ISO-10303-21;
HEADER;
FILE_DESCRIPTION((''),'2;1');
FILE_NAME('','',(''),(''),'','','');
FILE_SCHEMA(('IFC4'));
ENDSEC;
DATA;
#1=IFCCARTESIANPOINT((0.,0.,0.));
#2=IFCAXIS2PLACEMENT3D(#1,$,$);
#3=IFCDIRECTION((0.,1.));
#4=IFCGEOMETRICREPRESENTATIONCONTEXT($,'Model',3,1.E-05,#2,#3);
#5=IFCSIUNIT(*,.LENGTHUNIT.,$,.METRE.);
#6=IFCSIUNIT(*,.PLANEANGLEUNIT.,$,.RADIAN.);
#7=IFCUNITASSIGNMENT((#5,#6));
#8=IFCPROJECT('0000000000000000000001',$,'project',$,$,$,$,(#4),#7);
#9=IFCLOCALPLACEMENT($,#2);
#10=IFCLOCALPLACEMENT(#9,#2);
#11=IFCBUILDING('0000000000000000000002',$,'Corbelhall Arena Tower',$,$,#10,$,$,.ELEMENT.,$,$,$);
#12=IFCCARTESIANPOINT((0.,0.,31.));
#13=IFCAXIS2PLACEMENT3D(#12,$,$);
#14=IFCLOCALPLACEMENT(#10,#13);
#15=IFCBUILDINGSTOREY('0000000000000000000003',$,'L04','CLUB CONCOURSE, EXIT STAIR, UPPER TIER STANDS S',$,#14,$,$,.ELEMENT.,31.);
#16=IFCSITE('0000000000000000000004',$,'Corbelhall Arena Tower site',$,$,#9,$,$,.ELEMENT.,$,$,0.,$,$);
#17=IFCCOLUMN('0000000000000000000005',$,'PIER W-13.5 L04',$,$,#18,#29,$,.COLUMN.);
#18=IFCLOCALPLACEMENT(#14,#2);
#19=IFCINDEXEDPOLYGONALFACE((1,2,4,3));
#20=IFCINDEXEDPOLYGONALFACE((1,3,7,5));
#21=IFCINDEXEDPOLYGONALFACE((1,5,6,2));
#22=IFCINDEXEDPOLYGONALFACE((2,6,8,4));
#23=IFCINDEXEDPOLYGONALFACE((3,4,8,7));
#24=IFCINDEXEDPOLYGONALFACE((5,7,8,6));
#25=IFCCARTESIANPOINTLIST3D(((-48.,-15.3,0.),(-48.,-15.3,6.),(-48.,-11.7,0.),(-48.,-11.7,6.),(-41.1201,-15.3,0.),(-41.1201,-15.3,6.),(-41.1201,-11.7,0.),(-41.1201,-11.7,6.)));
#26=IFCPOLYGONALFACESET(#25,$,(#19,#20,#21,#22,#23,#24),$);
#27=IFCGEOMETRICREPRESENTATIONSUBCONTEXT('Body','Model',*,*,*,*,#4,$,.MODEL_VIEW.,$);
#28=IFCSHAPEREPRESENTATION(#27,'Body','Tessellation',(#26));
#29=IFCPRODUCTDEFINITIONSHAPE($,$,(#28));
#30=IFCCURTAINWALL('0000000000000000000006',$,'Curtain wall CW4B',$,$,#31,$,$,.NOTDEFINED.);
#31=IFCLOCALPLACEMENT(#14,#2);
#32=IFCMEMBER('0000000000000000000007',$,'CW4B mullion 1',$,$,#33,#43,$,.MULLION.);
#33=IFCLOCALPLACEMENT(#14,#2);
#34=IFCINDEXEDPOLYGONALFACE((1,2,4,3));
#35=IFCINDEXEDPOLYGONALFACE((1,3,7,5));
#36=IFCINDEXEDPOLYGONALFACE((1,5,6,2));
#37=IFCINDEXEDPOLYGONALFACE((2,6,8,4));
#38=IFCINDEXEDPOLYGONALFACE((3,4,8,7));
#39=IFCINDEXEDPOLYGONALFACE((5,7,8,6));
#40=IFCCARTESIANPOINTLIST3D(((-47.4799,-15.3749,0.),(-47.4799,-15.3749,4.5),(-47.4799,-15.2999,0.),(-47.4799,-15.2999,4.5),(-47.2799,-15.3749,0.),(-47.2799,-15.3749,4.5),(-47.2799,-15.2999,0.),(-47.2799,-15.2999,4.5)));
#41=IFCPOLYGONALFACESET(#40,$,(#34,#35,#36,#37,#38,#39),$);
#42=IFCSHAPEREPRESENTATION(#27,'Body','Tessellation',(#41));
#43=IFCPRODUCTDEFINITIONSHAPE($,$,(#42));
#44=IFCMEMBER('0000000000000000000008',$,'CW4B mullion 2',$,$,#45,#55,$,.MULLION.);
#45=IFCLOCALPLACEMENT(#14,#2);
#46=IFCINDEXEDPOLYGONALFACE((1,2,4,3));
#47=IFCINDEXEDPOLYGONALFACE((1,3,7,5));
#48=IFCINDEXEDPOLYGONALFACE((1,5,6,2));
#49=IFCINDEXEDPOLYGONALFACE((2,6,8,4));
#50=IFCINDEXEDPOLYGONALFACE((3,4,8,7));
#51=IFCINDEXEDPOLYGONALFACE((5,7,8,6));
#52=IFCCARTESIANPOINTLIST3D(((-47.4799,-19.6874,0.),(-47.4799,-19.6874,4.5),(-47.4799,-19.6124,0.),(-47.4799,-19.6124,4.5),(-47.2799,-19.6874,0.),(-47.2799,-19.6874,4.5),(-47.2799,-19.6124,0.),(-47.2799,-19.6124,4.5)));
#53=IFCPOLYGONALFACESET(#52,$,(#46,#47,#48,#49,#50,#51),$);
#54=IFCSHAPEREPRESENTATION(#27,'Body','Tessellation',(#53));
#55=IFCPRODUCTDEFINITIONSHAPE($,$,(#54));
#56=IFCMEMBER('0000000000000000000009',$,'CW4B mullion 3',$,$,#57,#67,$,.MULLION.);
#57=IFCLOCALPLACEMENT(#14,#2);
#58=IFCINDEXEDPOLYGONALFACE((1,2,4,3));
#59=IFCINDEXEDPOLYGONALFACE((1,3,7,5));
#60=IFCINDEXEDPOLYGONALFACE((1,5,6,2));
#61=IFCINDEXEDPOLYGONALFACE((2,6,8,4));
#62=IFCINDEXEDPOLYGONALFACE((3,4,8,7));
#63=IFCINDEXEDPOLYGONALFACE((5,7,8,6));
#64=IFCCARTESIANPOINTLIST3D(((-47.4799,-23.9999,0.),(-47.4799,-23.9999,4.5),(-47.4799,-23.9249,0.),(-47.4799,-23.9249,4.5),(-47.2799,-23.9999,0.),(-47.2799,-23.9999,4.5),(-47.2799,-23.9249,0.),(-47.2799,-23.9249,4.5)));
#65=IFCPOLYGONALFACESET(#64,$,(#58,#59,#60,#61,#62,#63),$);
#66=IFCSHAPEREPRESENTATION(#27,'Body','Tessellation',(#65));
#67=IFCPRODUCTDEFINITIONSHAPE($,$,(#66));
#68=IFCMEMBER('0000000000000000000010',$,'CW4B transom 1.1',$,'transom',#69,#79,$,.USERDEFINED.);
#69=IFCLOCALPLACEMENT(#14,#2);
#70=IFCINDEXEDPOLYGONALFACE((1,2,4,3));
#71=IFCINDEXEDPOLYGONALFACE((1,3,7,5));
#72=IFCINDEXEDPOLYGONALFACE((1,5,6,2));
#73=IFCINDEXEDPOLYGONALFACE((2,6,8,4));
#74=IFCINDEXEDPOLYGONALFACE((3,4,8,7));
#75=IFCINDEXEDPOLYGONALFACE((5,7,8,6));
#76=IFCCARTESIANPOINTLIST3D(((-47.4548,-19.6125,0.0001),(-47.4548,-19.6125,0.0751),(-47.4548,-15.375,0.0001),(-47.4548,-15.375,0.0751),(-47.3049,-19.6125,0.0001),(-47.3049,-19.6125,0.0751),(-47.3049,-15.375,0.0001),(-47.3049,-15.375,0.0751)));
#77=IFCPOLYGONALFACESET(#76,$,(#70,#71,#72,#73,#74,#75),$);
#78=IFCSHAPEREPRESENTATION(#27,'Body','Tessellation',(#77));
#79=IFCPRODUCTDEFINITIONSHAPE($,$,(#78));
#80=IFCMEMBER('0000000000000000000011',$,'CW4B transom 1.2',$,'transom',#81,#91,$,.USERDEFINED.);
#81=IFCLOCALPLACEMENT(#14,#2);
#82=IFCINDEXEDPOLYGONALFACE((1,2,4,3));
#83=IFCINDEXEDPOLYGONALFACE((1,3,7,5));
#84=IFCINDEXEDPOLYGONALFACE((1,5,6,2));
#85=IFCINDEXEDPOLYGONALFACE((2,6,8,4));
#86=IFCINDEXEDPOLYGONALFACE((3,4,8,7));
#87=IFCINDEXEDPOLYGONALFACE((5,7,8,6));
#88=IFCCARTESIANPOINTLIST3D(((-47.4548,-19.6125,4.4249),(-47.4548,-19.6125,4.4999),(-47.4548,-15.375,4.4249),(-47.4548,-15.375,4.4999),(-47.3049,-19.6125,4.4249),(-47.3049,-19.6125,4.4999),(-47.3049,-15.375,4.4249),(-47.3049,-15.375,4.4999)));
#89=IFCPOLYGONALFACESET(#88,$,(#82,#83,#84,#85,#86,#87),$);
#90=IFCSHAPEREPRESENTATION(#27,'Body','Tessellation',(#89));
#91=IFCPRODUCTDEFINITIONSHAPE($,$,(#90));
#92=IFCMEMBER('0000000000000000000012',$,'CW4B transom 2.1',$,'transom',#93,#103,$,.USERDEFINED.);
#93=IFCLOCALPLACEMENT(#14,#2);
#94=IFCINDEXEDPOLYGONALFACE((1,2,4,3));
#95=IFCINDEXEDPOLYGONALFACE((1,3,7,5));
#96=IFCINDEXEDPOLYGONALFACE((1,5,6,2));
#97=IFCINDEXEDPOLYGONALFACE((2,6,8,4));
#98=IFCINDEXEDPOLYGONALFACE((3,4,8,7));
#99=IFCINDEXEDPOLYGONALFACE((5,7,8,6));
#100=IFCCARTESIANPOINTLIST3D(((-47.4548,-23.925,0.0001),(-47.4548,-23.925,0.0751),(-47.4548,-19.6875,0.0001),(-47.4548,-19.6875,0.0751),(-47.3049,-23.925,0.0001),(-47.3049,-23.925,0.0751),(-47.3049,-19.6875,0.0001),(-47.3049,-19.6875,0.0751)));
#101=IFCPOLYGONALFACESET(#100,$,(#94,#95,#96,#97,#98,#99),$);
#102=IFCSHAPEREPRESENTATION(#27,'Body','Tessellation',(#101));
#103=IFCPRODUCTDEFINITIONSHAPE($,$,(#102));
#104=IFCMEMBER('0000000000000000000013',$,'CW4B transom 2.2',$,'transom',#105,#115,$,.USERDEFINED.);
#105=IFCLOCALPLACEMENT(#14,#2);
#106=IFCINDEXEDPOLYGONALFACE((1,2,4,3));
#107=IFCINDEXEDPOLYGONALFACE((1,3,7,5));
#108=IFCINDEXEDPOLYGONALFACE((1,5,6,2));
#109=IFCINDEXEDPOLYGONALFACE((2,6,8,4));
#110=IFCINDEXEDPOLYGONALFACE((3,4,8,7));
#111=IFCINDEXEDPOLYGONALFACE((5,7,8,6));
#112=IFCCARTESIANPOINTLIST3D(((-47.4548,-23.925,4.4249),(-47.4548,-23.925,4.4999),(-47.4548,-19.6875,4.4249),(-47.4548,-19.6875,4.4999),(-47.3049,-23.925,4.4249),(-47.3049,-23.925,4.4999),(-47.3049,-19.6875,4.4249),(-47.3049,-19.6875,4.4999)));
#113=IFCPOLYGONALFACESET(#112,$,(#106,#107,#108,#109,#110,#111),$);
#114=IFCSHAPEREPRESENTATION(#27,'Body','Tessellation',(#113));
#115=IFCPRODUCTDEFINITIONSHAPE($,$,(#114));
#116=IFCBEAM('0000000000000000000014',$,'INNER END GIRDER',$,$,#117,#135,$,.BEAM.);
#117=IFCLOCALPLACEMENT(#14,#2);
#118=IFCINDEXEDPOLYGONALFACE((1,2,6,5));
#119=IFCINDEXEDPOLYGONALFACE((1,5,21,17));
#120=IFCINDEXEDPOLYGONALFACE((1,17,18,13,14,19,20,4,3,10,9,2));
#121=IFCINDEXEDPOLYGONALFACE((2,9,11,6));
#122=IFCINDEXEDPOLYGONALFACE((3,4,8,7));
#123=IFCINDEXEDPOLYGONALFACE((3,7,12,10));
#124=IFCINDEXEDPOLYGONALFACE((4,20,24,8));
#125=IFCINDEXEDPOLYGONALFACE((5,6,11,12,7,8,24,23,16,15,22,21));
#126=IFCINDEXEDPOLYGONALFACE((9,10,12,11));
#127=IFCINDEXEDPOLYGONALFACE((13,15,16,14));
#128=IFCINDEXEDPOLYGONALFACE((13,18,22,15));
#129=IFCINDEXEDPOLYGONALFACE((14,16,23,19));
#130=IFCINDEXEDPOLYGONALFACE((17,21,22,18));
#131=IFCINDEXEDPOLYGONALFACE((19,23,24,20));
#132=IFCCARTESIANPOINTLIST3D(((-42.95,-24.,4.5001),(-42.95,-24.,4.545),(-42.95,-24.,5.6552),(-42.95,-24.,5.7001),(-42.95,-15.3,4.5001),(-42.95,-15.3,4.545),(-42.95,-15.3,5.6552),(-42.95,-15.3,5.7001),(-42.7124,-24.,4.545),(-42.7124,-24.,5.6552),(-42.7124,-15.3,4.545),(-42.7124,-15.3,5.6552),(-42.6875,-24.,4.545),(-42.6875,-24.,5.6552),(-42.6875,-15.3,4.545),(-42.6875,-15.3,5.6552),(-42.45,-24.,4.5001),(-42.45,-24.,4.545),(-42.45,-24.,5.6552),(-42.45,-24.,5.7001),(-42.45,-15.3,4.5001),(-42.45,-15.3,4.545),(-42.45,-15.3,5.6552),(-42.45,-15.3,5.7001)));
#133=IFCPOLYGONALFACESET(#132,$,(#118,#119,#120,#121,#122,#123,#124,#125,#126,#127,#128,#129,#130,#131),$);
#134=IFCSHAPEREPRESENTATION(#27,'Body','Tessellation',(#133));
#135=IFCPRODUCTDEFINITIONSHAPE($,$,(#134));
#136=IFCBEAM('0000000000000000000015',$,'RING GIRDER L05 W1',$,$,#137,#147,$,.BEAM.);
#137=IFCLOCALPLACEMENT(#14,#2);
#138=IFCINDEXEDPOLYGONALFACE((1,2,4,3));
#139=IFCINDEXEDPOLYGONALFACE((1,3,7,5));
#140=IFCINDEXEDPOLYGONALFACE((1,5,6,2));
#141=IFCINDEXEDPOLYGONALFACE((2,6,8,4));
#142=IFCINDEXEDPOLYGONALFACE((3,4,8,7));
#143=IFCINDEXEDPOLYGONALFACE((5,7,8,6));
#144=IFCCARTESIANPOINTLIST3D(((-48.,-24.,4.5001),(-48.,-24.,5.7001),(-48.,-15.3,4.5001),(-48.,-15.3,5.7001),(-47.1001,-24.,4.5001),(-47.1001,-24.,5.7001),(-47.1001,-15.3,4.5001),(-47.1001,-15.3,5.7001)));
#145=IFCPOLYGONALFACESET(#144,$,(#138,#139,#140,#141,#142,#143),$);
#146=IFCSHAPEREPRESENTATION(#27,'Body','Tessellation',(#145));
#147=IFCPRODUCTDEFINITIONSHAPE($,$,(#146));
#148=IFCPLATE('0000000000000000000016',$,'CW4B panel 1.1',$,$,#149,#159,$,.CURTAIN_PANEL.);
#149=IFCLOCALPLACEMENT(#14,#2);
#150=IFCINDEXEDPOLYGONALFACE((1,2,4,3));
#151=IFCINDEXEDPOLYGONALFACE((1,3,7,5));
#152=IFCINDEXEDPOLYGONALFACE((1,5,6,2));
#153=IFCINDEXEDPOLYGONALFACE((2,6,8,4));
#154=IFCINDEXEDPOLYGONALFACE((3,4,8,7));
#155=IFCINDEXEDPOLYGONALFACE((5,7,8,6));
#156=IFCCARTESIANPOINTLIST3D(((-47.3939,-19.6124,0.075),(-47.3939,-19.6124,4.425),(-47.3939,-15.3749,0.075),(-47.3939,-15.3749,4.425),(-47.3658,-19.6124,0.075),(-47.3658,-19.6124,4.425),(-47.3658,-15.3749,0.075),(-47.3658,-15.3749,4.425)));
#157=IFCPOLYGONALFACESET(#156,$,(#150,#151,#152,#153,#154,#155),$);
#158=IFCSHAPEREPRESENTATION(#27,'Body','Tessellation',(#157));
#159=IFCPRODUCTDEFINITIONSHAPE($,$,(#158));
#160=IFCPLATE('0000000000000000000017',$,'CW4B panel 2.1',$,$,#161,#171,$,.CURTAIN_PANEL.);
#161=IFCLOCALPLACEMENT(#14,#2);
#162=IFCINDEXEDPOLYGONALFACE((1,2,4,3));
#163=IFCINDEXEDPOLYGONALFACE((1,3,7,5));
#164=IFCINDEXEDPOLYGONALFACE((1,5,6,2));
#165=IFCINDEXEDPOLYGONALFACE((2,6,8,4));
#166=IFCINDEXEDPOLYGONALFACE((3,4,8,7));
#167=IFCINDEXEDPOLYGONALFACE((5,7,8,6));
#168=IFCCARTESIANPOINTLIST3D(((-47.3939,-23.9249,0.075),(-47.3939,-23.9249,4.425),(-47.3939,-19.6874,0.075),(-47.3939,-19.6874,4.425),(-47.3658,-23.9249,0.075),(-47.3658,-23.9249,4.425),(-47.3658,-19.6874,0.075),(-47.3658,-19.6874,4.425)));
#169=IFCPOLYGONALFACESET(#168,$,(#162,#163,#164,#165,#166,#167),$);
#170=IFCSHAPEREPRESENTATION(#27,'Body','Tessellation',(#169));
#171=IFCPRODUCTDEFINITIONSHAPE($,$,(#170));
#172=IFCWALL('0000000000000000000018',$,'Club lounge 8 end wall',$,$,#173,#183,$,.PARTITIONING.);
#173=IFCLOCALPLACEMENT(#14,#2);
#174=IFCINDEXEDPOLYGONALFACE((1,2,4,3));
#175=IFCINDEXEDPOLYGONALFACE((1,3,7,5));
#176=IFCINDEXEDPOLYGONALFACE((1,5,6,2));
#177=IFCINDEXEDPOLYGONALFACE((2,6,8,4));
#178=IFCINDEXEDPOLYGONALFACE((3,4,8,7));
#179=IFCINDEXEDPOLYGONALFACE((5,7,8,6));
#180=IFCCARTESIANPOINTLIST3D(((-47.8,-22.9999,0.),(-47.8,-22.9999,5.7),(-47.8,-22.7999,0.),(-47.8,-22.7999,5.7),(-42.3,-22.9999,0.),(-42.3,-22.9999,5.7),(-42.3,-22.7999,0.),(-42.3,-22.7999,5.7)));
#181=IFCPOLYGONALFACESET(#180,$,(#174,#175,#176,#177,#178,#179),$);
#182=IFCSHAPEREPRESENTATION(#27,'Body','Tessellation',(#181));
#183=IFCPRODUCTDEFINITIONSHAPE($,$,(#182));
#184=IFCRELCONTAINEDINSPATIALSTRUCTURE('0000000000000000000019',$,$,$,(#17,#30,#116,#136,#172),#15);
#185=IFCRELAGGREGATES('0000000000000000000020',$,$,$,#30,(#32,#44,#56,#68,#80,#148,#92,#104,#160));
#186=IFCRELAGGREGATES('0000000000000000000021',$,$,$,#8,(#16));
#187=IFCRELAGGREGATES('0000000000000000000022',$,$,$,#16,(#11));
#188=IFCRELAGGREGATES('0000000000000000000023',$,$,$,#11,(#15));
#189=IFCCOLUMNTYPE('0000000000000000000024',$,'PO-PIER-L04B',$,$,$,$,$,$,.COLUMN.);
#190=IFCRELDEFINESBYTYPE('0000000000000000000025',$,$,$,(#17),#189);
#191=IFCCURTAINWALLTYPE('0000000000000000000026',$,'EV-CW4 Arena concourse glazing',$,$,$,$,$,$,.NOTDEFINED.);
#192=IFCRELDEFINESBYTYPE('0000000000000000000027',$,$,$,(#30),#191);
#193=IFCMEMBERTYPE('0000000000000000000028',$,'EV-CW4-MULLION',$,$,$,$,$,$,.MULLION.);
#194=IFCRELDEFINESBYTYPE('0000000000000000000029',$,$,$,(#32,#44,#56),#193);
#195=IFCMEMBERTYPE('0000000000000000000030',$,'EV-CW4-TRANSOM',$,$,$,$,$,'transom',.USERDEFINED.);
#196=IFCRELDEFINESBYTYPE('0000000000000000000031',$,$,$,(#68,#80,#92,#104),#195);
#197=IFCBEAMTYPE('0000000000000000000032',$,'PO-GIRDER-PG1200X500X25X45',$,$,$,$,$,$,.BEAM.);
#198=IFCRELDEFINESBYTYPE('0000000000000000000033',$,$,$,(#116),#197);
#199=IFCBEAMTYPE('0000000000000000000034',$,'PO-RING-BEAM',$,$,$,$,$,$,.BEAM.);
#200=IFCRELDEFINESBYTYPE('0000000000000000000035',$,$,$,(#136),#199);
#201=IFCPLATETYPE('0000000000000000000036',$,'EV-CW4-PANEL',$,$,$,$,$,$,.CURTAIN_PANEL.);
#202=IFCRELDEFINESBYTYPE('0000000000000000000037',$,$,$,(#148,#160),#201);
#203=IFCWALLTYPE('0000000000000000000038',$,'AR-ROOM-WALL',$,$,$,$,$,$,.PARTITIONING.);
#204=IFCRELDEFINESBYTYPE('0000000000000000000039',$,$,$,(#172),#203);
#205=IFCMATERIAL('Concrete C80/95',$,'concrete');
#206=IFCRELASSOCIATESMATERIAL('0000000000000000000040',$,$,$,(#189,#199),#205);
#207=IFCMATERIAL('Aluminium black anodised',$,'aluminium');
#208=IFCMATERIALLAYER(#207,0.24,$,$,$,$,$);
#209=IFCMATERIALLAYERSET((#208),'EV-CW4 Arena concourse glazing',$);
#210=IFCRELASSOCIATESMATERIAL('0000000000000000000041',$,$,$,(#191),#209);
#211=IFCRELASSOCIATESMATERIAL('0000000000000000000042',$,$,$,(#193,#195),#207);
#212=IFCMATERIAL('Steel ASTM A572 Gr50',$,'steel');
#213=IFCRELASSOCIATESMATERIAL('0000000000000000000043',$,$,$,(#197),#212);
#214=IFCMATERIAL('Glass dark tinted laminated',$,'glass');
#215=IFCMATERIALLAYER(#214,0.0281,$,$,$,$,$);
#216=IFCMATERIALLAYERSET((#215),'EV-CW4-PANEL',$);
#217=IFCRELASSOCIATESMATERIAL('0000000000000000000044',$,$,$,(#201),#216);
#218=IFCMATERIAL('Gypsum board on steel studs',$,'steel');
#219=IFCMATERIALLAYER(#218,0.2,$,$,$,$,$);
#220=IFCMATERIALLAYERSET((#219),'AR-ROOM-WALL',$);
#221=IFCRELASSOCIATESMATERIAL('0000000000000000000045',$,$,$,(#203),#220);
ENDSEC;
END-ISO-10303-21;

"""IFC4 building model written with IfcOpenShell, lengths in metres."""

from ifc_helpers import new_model, si_unit, direction, frame, frame_2d, origin, origin_2d, place, context, subcontext, project, spatial, rectangle, i_section, extrude, material, layer, layer_set, material_profile, profile_set, type_object, element, aggregate, save


model = new_model("IFC4")

# Units and contexts
model_context = context("Model", 3, precision=1e-05, world=origin(), true_north=direction((0.0, 1.0)))
body_context = subcontext(model_context, "Body", "Model", "MODEL_VIEW")
ifc_project = project(units=[si_unit("LENGTHUNIT", "METRE"), si_unit("PLANEANGLEUNIT", "RADIAN")], contexts=[model_context])

# Site, building, storey
site_placement = place(None, origin())
site = spatial("IfcSite", under=ifc_project, at=site_placement, Name="Corbelhall Arena Tower site", CompositionType="ELEMENT", RefElevation=0.0)
building_placement = place(site_placement, origin())
building = spatial("IfcBuilding", under=site, at=building_placement, Name="Corbelhall Arena Tower", CompositionType="ELEMENT")
storey_placement = place(building_placement, frame((0.0, 0.0, 31.0)))
storey = spatial("IfcBuildingStorey", under=building, at=storey_placement, Name="L04", Description="CLUB CONCOURSE, EXIT STAIR, UPPER TIER STANDS S", CompositionType="ELEMENT", Elevation=31.0)

# Column
ifc_material_1 = material(Name="Concrete C80/95", Category="concrete")
ifc_material_profile_1 = material_profile(ifc_material_1, rectangle(XDim=3.6001, YDim=6.8799, at=origin_2d()))
ifc_profile_set_1 = profile_set([ifc_material_profile_1], Name="Concrete C80/95")
column_type = type_object("IfcColumnType", Name="PO-PIER-L04B", PredefinedType="COLUMN", material=ifc_profile_set_1)
column_placement = place(storey_placement, frame((-44.5601, -13.5, 0.0), z_axis=(0.0, 0.0, 1.0), x_axis=(0.0, -1.0, 0.0)))
element("IfcColumn", 1, at=column_placement, inside=storey, type_object=column_type, Name="PIER W-13.5 L04", PredefinedType="COLUMN", context=body_context, shape_type="SweptSolid", body=[
    extrude(rectangle(XDim=3.6001, YDim=6.8799, at=origin_2d()), origin(), (0.0, 0.0, 1.0), 6.0),
])

# Curtain wall, members
ifc_material_2 = material(Name="Aluminium black anodised", Category="aluminium")
ifc_layer_1 = layer(ifc_material_2, 0.24)
ifc_layer_set_1 = layer_set([ifc_layer_1], Name="EV-CW4 Arena concourse glazing")
curtain_wall_type = type_object("IfcCurtainWallType", Name="EV-CW4 Arena concourse glazing", PredefinedType="NOTDEFINED", material=ifc_layer_set_1)
curtain_wall_placement = place(storey_placement, origin())
curtain_wall = element("IfcCurtainWall", 2, at=curtain_wall_placement, inside=storey, type_object=curtain_wall_type, Name="Curtain wall CW4B", PredefinedType="NOTDEFINED")
ifc_material_profile_2 = material_profile(ifc_material_2, rectangle(XDim=0.2, YDim=0.075, at=origin_2d()))
ifc_profile_set_2 = profile_set([ifc_material_profile_2], Name="Aluminium black anodised")
member_type_1 = type_object("IfcMemberType", Name="EV-CW4-MULLION", PredefinedType="MULLION", material=ifc_profile_set_2)
member_1_placement = place(storey_placement, frame((-47.3799, -15.3374, 0.0), z_axis=(0.0, 0.0, 1.0), x_axis=(1.0, 0.0, 0.0)))
member_1 = element("IfcMember", 3, at=member_1_placement, type_object=member_type_1, Name="CW4B mullion 1", PredefinedType="MULLION", context=body_context, shape_type="SweptSolid", body=[
    extrude(rectangle(XDim=0.2, YDim=0.075, at=origin_2d()), origin(), (0.0, 0.0, 1.0), 4.5),
])
member_2_placement = place(storey_placement, frame((-47.3799, -19.6499, 0.0), z_axis=(0.0, 0.0, 1.0), x_axis=(1.0, 0.0, 0.0)))
member_2 = element("IfcMember", 4, at=member_2_placement, type_object=member_type_1, Name="CW4B mullion 2", PredefinedType="MULLION", context=body_context, shape_type="SweptSolid", body=[
    extrude(rectangle(XDim=0.2, YDim=0.075, at=origin_2d()), origin(), (0.0, 0.0, 1.0), 4.5),
])
member_3_placement = place(storey_placement, frame((-47.3799, -23.9624, 0.0), z_axis=(0.0, 0.0, 1.0), x_axis=(1.0, 0.0, 0.0)))
member_3 = element("IfcMember", 5, at=member_3_placement, type_object=member_type_1, Name="CW4B mullion 3", PredefinedType="MULLION", context=body_context, shape_type="SweptSolid", body=[
    extrude(rectangle(XDim=0.2, YDim=0.075, at=origin_2d()), origin(), (0.0, 0.0, 1.0), 4.5),
])
ifc_material_profile_3 = material_profile(ifc_material_2, rectangle(XDim=0.1499, YDim=0.075, at=origin_2d()))
ifc_profile_set_3 = profile_set([ifc_material_profile_3], Name="Aluminium black anodised")
member_type_2 = type_object("IfcMemberType", Name="EV-CW4-TRANSOM", ElementType="transom", PredefinedType="USERDEFINED", material=ifc_profile_set_3)
member_4_placement = place(storey_placement, frame((-47.3799, -15.375, 0.0376), z_axis=(0.0, -1.0, 0.0), x_axis=(1.0, 0.0, 0.0)))
member_4 = element("IfcMember", 6, at=member_4_placement, type_object=member_type_2, Name="CW4B transom 1.1", ObjectType="transom", PredefinedType="USERDEFINED", context=body_context, shape_type="SweptSolid", body=[
    extrude(rectangle(XDim=0.1499, YDim=0.075, at=origin_2d()), origin(), (0.0, 0.0, 1.0), 4.2375),
])
member_5_placement = place(storey_placement, frame((-47.3799, -15.375, 4.4624), z_axis=(0.0, -1.0, 0.0), x_axis=(1.0, 0.0, 0.0)))
member_5 = element("IfcMember", 7, at=member_5_placement, type_object=member_type_2, Name="CW4B transom 1.2", ObjectType="transom", PredefinedType="USERDEFINED", context=body_context, shape_type="SweptSolid", body=[
    extrude(rectangle(XDim=0.1499, YDim=0.075, at=origin_2d()), origin(), (0.0, 0.0, 1.0), 4.2375),
])
member_6_placement = place(storey_placement, frame((-47.3799, -19.6875, 0.0376), z_axis=(0.0, -1.0, 0.0), x_axis=(1.0, 0.0, 0.0)))
member_6 = element("IfcMember", 8, at=member_6_placement, type_object=member_type_2, Name="CW4B transom 2.1", ObjectType="transom", PredefinedType="USERDEFINED", context=body_context, shape_type="SweptSolid", body=[
    extrude(rectangle(XDim=0.1499, YDim=0.075, at=origin_2d()), origin(), (0.0, 0.0, 1.0), 4.2375),
])
member_7_placement = place(storey_placement, frame((-47.3799, -19.6875, 4.4624), z_axis=(0.0, -1.0, 0.0), x_axis=(1.0, 0.0, 0.0)))
member_7 = element("IfcMember", 9, at=member_7_placement, type_object=member_type_2, Name="CW4B transom 2.2", ObjectType="transom", PredefinedType="USERDEFINED", context=body_context, shape_type="SweptSolid", body=[
    extrude(rectangle(XDim=0.1499, YDim=0.075, at=origin_2d()), origin(), (0.0, 0.0, 1.0), 4.2375),
])

# Beams
ifc_material_3 = material(Name="Steel ASTM A572 Gr50", Category="steel")
ifc_material_profile_4 = material_profile(ifc_material_3, i_section(OverallWidth=0.5, OverallDepth=1.2, WebThickness=0.0249, FlangeThickness=0.0449, at=origin_2d()))
ifc_profile_set_4 = profile_set([ifc_material_profile_4], Name="Steel ASTM A572 Gr50")
beam_type_1 = type_object("IfcBeamType", Name="PO-GIRDER-PG1200X500X25X45", PredefinedType="BEAM", material=ifc_profile_set_4)
beam_1_placement = place(storey_placement, frame((-42.7, -24.0, 5.1001), z_axis=(0.0, 1.0, 0.0), x_axis=(-1.0, 0.0, 0.0)))
element("IfcBeam", 10, at=beam_1_placement, inside=storey, type_object=beam_type_1, Name="INNER END GIRDER", PredefinedType="BEAM", context=body_context, shape_type="SweptSolid", body=[
    extrude(i_section(OverallWidth=0.5, OverallDepth=1.2, WebThickness=0.0249, FlangeThickness=0.0449, at=origin_2d()), origin(), (0.0, 0.0, 1.0), 8.7),
])
ifc_material_profile_5 = material_profile(ifc_material_1, rectangle(XDim=0.8999, YDim=1.2, at=origin_2d()))
ifc_profile_set_5 = profile_set([ifc_material_profile_5], Name="Concrete C80/95")
beam_type_2 = type_object("IfcBeamType", Name="PO-RING-BEAM", PredefinedType="BEAM", material=ifc_profile_set_5)
beam_2_placement = place(storey_placement, frame((-47.55, -24.0, 5.1001), z_axis=(0.0, 1.0, 0.0), x_axis=(-1.0, 0.0, 0.0)))
element("IfcBeam", 11, at=beam_2_placement, inside=storey, type_object=beam_type_2, Name="RING GIRDER L05 W1", PredefinedType="BEAM", context=body_context, shape_type="SweptSolid", body=[
    extrude(rectangle(XDim=0.8999, YDim=1.2, at=origin_2d()), origin(), (0.0, 0.0, 1.0), 8.7),
])

# Plates
ifc_material_4 = material(Name="Glass dark tinted laminated", Category="glass")
ifc_layer_2 = layer(ifc_material_4, 0.0281)
ifc_layer_set_2 = layer_set([ifc_layer_2], Name="EV-CW4-PANEL")
plate_type = type_object("IfcPlateType", Name="EV-CW4-PANEL", PredefinedType="CURTAIN_PANEL", material=ifc_layer_set_2)
plate_1_placement = place(storey_placement, frame((-47.3799, -17.4937, 0.075), z_axis=(0.0, 0.0, 1.0), x_axis=(0.0, -1.0, 0.0)))
plate_1 = element("IfcPlate", 12, at=plate_1_placement, type_object=plate_type, Name="CW4B panel 1.1", PredefinedType="CURTAIN_PANEL", context=body_context, shape_type="SweptSolid", body=[
    extrude(rectangle(XDim=4.2375, YDim=0.0281, at=origin_2d()), origin(), (0.0, 0.0, 1.0), 4.3501),
])
plate_2_placement = place(storey_placement, frame((-47.3799, -21.8062, 0.075), z_axis=(0.0, 0.0, 1.0), x_axis=(0.0, -1.0, 0.0)))
plate_2 = element("IfcPlate", 13, at=plate_2_placement, type_object=plate_type, Name="CW4B panel 2.1", PredefinedType="CURTAIN_PANEL", context=body_context, shape_type="SweptSolid", body=[
    extrude(rectangle(XDim=4.2375, YDim=0.0281, at=origin_2d()), origin(), (0.0, 0.0, 1.0), 4.3501),
])
aggregate(curtain_wall, [member_1, member_2, member_3, member_4, member_5, plate_1, member_6, member_7, plate_2])

# Shared definitions
ifc_material_5 = material(Name="Gypsum board on steel studs", Category="steel")
ifc_layer_3 = layer(ifc_material_5, 0.2)
ifc_layer_set_3 = layer_set([ifc_layer_3], Name="AR-ROOM-WALL")
wall_type_1 = type_object("IfcWallType", Name="AR-ROOM-WALL", PredefinedType="PARTITIONING", material=ifc_layer_set_3)

# Wall
for number, where, z_axis, x_axis, name in (
    (14, (-42.3, -22.8999, 0.0), (0.0, 0.0, 1.0), (-1.0, 0.0, 0.0), "Club lounge 8 end wall"),
):
    element("IfcWall", number, at=place(storey_placement, frame(where, z_axis=z_axis, x_axis=x_axis)), inside=storey, type_object=wall_type_1, Name=name, PredefinedType="PARTITIONING", context=body_context, shape_type="SweptSolid", body=[
        extrude(rectangle(XDim=5.5, YDim=0.2, at=frame_2d((2.75, 0.0))), origin(), (0.0, 0.0, 1.0), 5.7),
    ])

save(model, "model.ifc")
